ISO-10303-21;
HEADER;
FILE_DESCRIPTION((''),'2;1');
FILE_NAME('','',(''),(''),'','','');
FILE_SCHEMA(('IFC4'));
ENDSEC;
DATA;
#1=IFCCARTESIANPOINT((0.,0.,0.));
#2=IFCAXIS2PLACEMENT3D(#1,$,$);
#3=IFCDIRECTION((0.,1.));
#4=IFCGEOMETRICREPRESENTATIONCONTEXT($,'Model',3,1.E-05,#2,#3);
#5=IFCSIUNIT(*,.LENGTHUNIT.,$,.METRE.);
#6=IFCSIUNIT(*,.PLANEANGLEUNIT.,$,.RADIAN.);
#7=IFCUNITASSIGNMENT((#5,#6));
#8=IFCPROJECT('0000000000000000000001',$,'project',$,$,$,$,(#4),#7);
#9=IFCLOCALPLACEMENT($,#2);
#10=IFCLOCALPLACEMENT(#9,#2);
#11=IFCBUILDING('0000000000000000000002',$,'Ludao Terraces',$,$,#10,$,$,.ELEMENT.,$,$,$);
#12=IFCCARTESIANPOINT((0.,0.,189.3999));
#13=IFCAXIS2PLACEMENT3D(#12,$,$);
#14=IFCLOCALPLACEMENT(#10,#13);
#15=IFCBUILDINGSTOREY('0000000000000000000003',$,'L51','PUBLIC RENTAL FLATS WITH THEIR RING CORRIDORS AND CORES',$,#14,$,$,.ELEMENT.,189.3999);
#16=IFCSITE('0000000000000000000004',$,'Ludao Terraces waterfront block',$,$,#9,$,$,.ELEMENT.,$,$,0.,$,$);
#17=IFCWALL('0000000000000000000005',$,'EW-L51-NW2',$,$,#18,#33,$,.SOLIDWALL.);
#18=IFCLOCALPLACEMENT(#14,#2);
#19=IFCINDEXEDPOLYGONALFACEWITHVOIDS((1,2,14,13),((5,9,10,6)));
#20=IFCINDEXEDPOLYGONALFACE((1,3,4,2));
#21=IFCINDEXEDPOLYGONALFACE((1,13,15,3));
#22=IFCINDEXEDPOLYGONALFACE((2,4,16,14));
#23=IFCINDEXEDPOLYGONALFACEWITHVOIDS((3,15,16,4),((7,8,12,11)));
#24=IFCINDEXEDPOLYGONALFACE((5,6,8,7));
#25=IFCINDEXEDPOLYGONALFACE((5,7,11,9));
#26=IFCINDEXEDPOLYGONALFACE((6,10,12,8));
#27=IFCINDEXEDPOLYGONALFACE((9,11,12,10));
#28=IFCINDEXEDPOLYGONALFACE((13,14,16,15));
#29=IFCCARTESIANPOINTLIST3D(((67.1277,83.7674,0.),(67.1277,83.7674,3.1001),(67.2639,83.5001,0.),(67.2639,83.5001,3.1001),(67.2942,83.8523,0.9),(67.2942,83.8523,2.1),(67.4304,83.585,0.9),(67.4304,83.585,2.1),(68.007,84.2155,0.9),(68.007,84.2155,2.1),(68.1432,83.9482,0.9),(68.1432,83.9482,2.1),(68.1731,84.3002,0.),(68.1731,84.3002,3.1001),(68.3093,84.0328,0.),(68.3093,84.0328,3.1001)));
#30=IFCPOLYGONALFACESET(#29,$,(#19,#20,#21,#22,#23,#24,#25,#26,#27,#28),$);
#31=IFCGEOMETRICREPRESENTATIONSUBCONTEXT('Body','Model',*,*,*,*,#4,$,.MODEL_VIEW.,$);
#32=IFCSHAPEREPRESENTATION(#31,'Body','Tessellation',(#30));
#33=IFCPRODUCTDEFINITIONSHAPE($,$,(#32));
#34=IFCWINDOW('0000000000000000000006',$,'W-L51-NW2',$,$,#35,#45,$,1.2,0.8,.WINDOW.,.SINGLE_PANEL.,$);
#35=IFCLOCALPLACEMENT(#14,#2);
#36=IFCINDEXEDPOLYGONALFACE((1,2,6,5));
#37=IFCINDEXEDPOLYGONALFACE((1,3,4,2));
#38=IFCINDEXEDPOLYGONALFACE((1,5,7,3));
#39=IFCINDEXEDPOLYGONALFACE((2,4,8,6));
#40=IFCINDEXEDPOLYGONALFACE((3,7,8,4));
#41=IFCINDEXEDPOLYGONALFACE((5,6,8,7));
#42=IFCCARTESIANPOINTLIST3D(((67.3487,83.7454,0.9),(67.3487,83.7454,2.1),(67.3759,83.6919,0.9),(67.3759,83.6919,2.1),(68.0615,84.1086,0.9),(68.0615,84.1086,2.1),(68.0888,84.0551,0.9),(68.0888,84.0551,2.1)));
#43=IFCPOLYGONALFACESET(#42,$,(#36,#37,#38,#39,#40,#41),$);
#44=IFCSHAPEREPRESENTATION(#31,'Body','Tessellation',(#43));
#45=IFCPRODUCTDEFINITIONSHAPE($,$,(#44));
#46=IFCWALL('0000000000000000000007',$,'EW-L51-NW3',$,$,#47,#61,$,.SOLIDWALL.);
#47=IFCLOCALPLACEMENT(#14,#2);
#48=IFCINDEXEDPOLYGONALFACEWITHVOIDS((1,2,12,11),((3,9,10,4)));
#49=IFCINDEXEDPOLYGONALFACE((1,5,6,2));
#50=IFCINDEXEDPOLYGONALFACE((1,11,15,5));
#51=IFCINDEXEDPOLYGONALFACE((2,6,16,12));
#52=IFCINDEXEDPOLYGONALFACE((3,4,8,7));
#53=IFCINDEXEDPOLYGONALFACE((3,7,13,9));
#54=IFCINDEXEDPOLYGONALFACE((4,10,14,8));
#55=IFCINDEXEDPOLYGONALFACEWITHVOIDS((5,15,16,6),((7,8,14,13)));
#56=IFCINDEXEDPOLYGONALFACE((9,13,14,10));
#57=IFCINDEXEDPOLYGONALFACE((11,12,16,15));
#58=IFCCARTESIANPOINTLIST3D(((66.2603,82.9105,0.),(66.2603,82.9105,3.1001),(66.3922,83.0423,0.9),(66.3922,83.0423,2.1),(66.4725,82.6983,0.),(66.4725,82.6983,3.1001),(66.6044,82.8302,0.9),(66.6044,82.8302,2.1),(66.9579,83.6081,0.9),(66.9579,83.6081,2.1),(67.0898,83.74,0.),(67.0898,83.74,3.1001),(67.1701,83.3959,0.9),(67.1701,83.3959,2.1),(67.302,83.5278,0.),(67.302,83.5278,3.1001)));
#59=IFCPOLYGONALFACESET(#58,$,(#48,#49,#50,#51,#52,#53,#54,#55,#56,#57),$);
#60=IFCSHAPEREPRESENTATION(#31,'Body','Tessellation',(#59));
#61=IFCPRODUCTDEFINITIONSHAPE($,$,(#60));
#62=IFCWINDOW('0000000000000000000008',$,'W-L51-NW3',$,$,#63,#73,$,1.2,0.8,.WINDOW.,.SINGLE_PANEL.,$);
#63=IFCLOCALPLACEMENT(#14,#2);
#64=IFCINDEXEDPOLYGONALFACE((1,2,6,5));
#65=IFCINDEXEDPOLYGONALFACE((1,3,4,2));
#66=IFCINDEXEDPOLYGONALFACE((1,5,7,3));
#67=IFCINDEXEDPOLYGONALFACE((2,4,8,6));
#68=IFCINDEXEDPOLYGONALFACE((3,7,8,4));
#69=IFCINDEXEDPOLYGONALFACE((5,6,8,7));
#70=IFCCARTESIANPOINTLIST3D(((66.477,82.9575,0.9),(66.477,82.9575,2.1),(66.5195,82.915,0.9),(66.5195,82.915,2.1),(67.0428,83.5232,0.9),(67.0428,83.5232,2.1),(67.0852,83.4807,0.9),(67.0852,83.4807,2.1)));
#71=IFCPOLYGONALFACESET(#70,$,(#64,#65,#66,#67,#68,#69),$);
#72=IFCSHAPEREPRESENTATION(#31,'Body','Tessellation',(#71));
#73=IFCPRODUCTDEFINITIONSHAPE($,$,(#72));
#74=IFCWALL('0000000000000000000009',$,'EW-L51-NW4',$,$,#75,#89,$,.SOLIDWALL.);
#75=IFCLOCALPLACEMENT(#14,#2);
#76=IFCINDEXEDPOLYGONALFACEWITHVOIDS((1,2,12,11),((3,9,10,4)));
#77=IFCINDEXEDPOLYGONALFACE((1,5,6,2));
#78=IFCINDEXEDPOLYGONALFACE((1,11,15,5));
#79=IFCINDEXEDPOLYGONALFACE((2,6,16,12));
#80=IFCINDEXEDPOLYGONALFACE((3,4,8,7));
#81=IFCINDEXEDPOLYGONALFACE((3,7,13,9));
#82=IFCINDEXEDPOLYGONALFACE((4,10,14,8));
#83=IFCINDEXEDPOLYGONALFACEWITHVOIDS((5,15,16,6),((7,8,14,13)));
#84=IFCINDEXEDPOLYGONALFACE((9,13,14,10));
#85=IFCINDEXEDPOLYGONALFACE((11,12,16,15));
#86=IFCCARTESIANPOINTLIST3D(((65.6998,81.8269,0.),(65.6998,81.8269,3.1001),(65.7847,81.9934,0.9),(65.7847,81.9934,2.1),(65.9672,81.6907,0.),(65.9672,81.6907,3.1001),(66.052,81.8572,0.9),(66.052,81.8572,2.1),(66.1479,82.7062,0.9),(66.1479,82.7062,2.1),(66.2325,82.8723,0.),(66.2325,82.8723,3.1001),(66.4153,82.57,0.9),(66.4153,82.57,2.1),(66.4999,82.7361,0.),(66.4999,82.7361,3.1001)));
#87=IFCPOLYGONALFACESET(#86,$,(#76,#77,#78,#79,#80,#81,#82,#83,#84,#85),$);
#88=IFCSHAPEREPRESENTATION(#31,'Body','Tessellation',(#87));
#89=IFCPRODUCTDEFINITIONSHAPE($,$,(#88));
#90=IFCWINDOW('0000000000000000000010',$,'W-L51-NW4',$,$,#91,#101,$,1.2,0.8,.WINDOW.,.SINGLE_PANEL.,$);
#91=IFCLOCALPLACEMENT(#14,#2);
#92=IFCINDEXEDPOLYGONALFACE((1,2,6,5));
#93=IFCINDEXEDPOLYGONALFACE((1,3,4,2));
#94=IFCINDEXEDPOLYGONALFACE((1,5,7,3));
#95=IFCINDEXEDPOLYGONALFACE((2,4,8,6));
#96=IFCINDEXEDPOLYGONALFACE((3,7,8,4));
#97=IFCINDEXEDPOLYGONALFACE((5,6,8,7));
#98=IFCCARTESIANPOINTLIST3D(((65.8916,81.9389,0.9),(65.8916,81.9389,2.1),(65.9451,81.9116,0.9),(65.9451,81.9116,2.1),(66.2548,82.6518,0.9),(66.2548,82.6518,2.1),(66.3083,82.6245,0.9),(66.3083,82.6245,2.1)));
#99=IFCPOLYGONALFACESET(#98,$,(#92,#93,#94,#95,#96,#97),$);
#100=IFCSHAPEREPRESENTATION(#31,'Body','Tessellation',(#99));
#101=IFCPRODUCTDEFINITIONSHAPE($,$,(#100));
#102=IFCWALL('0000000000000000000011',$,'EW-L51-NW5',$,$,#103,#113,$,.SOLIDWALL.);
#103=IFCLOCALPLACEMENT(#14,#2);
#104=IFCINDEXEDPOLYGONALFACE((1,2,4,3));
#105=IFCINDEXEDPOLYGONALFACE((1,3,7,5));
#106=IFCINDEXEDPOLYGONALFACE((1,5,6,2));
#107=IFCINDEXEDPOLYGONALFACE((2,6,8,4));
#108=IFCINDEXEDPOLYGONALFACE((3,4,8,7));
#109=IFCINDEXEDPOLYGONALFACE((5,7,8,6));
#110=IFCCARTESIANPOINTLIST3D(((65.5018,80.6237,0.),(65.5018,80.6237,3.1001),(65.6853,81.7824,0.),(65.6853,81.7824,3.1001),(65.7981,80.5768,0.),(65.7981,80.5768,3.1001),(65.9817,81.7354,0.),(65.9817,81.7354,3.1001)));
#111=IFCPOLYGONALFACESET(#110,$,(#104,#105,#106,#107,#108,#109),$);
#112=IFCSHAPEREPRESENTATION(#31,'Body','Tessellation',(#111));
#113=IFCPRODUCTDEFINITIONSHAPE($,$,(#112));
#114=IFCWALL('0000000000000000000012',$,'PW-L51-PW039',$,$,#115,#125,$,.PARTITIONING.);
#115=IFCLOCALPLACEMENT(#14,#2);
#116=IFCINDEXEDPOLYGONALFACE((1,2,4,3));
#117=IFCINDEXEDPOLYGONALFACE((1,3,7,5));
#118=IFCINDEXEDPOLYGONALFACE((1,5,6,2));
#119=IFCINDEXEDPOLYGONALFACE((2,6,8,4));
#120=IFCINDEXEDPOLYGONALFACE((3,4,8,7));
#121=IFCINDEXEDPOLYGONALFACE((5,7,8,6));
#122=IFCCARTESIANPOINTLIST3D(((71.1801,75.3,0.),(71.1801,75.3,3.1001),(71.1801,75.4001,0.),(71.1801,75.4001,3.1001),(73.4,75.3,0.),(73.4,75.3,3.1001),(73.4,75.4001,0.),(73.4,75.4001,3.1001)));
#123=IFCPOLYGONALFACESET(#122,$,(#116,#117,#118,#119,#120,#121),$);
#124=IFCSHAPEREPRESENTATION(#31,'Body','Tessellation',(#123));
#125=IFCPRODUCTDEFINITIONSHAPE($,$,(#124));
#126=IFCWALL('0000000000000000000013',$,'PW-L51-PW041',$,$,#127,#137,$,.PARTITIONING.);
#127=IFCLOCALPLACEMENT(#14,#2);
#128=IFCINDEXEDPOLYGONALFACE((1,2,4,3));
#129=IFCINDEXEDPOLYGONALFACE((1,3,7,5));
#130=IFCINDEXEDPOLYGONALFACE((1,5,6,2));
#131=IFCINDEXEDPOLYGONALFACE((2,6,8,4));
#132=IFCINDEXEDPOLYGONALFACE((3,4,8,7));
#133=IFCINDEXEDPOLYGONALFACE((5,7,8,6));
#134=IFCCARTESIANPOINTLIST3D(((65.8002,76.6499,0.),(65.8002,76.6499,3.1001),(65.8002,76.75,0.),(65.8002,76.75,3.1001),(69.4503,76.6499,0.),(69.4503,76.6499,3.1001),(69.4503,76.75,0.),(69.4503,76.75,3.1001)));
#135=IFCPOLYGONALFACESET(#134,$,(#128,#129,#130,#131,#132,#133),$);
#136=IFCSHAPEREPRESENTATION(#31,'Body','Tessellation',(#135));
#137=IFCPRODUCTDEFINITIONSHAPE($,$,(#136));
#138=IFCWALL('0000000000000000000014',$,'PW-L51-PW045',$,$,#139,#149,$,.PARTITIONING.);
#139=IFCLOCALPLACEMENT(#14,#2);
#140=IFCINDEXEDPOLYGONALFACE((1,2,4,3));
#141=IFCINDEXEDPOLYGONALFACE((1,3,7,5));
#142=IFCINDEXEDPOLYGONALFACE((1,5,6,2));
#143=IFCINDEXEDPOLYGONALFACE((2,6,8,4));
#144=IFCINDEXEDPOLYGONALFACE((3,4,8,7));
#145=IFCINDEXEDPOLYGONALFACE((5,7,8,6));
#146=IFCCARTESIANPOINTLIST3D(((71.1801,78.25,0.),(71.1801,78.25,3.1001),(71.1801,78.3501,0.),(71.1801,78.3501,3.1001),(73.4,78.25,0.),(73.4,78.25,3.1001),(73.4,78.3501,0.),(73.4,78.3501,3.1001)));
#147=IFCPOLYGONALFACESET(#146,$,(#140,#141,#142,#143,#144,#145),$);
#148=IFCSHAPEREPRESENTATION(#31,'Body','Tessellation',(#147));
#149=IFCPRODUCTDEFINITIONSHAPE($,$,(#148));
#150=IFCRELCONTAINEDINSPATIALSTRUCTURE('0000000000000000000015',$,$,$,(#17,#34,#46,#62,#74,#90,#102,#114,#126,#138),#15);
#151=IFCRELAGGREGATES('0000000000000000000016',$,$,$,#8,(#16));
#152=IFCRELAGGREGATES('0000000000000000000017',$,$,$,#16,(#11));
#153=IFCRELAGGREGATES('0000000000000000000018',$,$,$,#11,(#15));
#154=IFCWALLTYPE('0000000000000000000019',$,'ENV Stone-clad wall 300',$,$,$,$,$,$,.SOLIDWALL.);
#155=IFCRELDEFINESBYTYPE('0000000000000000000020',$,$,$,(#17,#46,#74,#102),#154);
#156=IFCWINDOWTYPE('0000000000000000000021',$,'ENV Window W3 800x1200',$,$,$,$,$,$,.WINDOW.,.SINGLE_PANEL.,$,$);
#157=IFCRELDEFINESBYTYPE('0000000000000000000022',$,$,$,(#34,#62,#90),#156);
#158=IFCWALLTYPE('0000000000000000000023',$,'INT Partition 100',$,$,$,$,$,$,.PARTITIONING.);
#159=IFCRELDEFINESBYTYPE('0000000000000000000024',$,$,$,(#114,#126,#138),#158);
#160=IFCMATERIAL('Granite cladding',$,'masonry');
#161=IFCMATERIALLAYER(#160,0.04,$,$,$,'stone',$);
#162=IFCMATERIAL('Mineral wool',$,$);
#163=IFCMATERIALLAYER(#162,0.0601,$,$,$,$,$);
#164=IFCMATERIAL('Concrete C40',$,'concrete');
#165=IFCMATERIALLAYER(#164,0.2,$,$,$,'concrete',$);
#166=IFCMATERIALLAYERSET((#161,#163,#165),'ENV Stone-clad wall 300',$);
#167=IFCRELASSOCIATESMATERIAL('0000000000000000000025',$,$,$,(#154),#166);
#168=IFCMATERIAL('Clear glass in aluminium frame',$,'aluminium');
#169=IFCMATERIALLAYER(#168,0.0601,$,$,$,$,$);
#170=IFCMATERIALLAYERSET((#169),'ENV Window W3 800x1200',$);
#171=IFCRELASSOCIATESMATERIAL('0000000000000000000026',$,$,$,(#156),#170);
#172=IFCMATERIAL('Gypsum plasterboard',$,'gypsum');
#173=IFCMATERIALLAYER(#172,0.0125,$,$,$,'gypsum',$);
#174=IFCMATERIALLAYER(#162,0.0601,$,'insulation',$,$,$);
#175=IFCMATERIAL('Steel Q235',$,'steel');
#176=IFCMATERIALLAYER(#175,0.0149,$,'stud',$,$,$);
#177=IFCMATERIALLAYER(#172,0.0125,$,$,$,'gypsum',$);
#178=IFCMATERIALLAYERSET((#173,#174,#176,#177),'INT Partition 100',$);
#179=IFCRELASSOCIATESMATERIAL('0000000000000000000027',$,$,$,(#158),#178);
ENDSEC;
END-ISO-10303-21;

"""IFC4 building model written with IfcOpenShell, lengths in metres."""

from ifc_helpers import new_model, si_unit, direction, frame, frame_2d, origin, place, context, subcontext, project, spatial, rectangle, extrude, material, layer, layer_set, type_object, element, fill, save


model = new_model("IFC4")

# Units and contexts
model_context = context("Model", 3, precision=1e-05, world=origin(), true_north=direction((0.0, 1.0)))
body_context = subcontext(model_context, "Body", "Model", "MODEL_VIEW")
ifc_project = project(units=[si_unit("LENGTHUNIT", "METRE"), si_unit("PLANEANGLEUNIT", "RADIAN")], contexts=[model_context])

# Site, building, storey
site_placement = place(None, origin())
site = spatial("IfcSite", under=ifc_project, at=site_placement, Name="Ludao Terraces waterfront block", CompositionType="ELEMENT", RefElevation=0.0)
building_placement = place(site_placement, origin())
building = spatial("IfcBuilding", under=site, at=building_placement, Name="Ludao Terraces", CompositionType="ELEMENT")
storey_placement = place(building_placement, frame((0.0, 0.0, 189.3999)))
storey = spatial("IfcBuildingStorey", under=building, at=storey_placement, Name="L51", Description="PUBLIC RENTAL FLATS WITH THEIR RING CORRIDORS AND CORES", CompositionType="ELEMENT", Elevation=189.3999)

# Shared definitions
ifc_material_1 = material(Name="Concrete C40", Category="concrete")

# Shared definitions
ifc_material_2 = material(Name="Granite cladding", Category="masonry")
ifc_layer_1 = layer(ifc_material_2, 0.04, Category="stone")
ifc_material_3 = material(Name="Mineral wool")
ifc_layer_2 = layer(ifc_material_3, 0.0601)
ifc_layer_3 = layer(ifc_material_1, 0.2, Category="concrete")
ifc_layer_set_1 = layer_set([ifc_layer_1, ifc_layer_2, ifc_layer_3], Name="ENV Stone-clad wall 300")
wall_type_1 = type_object("IfcWallType", Name="ENV Stone-clad wall 300", PredefinedType="SOLIDWALL", material=ifc_layer_set_1)
ifc_material_4 = material(Name="Clear glass in aluminium frame", Category="aluminium")

# Walls, openings, windows
wall_1_placement = place(storey_placement, frame((68.2412, 84.1665, 0.0), z_axis=(0.0, 0.0, 1.0), x_axis=(-0.890989, -0.454026, 0.0)))
wall_1 = element("IfcWall", 1, at=wall_1_placement, inside=storey, type_object=wall_type_1, Name="EW-L51-NW2", PredefinedType="SOLIDWALL", context=body_context, shape_type="SweptSolid", body=[
    extrude(rectangle(XDim=1.1733, YDim=0.3, at=frame_2d((0.5867, 0.0))), origin(), (0.0, 0.0, 1.0), 3.1001),
])
opening_1_placement = place(wall_1_placement, frame((0.1865, 0.0, 0.8999)))
opening_1 = element("IfcOpeningElement", 2, at=opening_1_placement, cuts=wall_1, PredefinedType="OPENING", context=body_context, shape_type="SweptSolid", body=[
    extrude(rectangle(XDim=0.8, YDim=1.2, at=frame_2d((0.3999, 0.6001))), frame((0.0, 0.1602, 0.0), z_axis=(0.0, -1.0, 0.0), x_axis=(1.0, 0.0, 0.0)), (0.0, 0.0, 1.0), 0.3201),
])
ifc_layer_4 = layer(ifc_material_4, 0.0601)
ifc_layer_set_2 = layer_set([ifc_layer_4], Name="ENV Window W3 800x1200")
window_type_1 = type_object("IfcWindowType", Name="ENV Window W3 800x1200", PartitioningType="SINGLE_PANEL", PredefinedType="WINDOW", material=ifc_layer_set_2)
window_1_placement = place(opening_1_placement, origin())
window_1 = element("IfcWindow", 3, at=window_1_placement, inside=storey, type_object=window_type_1, Name="W-L51-NW2", OverallHeight=1.2, OverallWidth=0.8, PartitioningType="SINGLE_PANEL", PredefinedType="WINDOW", context=body_context, shape_type="SweptSolid", body=[
    extrude(rectangle(XDim=0.8, YDim=1.2, at=frame_2d((0.3999, 0.6001))), frame((0.0, 0.03, 0.0), z_axis=(0.0, -1.0, 0.0), x_axis=(1.0, 0.0, 0.0)), (0.0, 0.0, 1.0), 0.0601),
])
fill(opening_1, window_1)
wall_2_placement = place(storey_placement, frame((67.1958, 83.6338, 0.0), z_axis=(0.0, 0.0, 1.0), x_axis=(-0.707107, -0.707107, 0.0)))
wall_2 = element("IfcWall", 4, at=wall_2_placement, inside=storey, type_object=wall_type_1, Name="EW-L51-NW3", PredefinedType="SOLIDWALL", context=body_context, shape_type="SweptSolid", body=[
    extrude(rectangle(XDim=1.1731, YDim=0.3, at=frame_2d((0.5864, 0.0))), origin(), (0.0, 0.0, 1.0), 3.1001),
])
opening_2_placement = place(wall_2_placement, frame((0.1865, 0.0, 0.8999)))
opening_2 = element("IfcOpeningElement", 5, at=opening_2_placement, cuts=wall_2, PredefinedType="OPENING", context=body_context, shape_type="SweptSolid", body=[
    extrude(rectangle(XDim=0.8, YDim=1.2, at=frame_2d((0.3999, 0.6001))), frame((0.0, 0.1602, 0.0), z_axis=(0.0, -1.0, 0.0), x_axis=(1.0, 0.0, 0.0)), (0.0, 0.0, 1.0), 0.3201),
])
window_2_placement = place(opening_2_placement, origin())
window_2 = element("IfcWindow", 6, at=window_2_placement, inside=storey, type_object=window_type_1, Name="W-L51-NW3", OverallHeight=1.2, OverallWidth=0.8, PartitioningType="SINGLE_PANEL", PredefinedType="WINDOW", context=body_context, shape_type="SweptSolid", body=[
    extrude(rectangle(XDim=0.8, YDim=1.2, at=frame_2d((0.3999, 0.6001))), frame((0.0, 0.03, 0.0), z_axis=(0.0, -1.0, 0.0), x_axis=(1.0, 0.0, 0.0)), (0.0, 0.0, 1.0), 0.0601),
])
fill(opening_2, window_2)
wall_3_placement = place(storey_placement, frame((66.3662, 82.8042, 0.0), z_axis=(0.0, 0.0, 1.0), x_axis=(-0.454026, -0.890989, 0.0)))
wall_3 = element("IfcWall", 7, at=wall_3_placement, inside=storey, type_object=wall_type_1, Name="EW-L51-NW4", PredefinedType="SOLIDWALL", context=body_context, shape_type="SweptSolid", body=[
    extrude(rectangle(XDim=1.1733, YDim=0.3, at=frame_2d((0.5867, 0.0))), origin(), (0.0, 0.0, 1.0), 3.1001),
])
opening_3_placement = place(wall_3_placement, frame((0.1865, 0.0, 0.8999)))
opening_3 = element("IfcOpeningElement", 8, at=opening_3_placement, cuts=wall_3, PredefinedType="OPENING", context=body_context, shape_type="SweptSolid", body=[
    extrude(rectangle(XDim=0.8, YDim=1.2, at=frame_2d((0.3999, 0.6001))), frame((0.0, 0.1602, 0.0), z_axis=(0.0, -1.0, 0.0), x_axis=(1.0, 0.0, 0.0)), (0.0, 0.0, 1.0), 0.3201),
])
window_3_placement = place(opening_3_placement, origin())
window_3 = element("IfcWindow", 9, at=window_3_placement, inside=storey, type_object=window_type_1, Name="W-L51-NW4", OverallHeight=1.2, OverallWidth=0.8, PartitioningType="SINGLE_PANEL", PredefinedType="WINDOW", context=body_context, shape_type="SweptSolid", body=[
    extrude(rectangle(XDim=0.8, YDim=1.2, at=frame_2d((0.3999, 0.6001))), frame((0.0, 0.03, 0.0), z_axis=(0.0, -1.0, 0.0), x_axis=(1.0, 0.0, 0.0)), (0.0, 0.0, 1.0), 0.0601),
])
fill(opening_3, window_3)

# Walls
wall_4_placement = place(storey_placement, frame((65.8335, 81.7588, 0.0), z_axis=(0.0, 0.0, 1.0), x_axis=(-0.156497, -0.987678, 0.0)))
element("IfcWall", 10, at=wall_4_placement, inside=storey, type_object=wall_type_1, Name="EW-L51-NW5", PredefinedType="SOLIDWALL", context=body_context, shape_type="SweptSolid", body=[
    extrude(rectangle(XDim=1.1731, YDim=0.3, at=frame_2d((0.5864, 0.0))), origin(), (0.0, 0.0, 1.0), 3.1001),
])
ifc_material_5 = material(Name="Gypsum plasterboard", Category="gypsum")
ifc_layer_5 = layer(ifc_material_5, 0.0125, Category="gypsum")
ifc_layer_6 = layer(ifc_material_3, 0.0601, Name="insulation")
ifc_material_6 = material(Name="Steel Q235", Category="steel")
ifc_layer_7 = layer(ifc_material_6, 0.0149, Name="stud")
ifc_layer_8 = layer(ifc_material_5, 0.0125, Category="gypsum")
ifc_layer_set_3 = layer_set([ifc_layer_5, ifc_layer_6, ifc_layer_7, ifc_layer_8], Name="INT Partition 100")
wall_type_2 = type_object("IfcWallType", Name="INT Partition 100", PredefinedType="PARTITIONING", material=ifc_layer_set_3)
wall_5_placement = place(storey_placement, frame((71.1802, 75.3501, 0.0), z_axis=(0.0, 0.0, 1.0), x_axis=(1.0, 0.0, 0.0)))
element("IfcWall", 11, at=wall_5_placement, inside=storey, type_object=wall_type_2, Name="PW-L51-PW039", PredefinedType="PARTITIONING", context=body_context, shape_type="SweptSolid", body=[
    extrude(rectangle(XDim=2.22, YDim=0.1001, at=frame_2d((1.1099, 0.0))), origin(), (0.0, 0.0, 1.0), 3.1001),
])
wall_6_placement = place(storey_placement, frame((65.8, 76.7, 0.0), z_axis=(0.0, 0.0, 1.0), x_axis=(1.0, 0.0, 0.0)))
element("IfcWall", 12, at=wall_6_placement, inside=storey, type_object=wall_type_2, Name="PW-L51-PW041", PredefinedType="PARTITIONING", context=body_context, shape_type="SweptSolid", body=[
    extrude(rectangle(XDim=3.6501, YDim=0.1001, at=frame_2d((1.8252, 0.0))), origin(), (0.0, 0.0, 1.0), 3.1001),
])
wall_7_placement = place(storey_placement, frame((71.1802, 78.3, 0.0), z_axis=(0.0, 0.0, 1.0), x_axis=(1.0, 0.0, 0.0)))
element("IfcWall", 13, at=wall_7_placement, inside=storey, type_object=wall_type_2, Name="PW-L51-PW045", PredefinedType="PARTITIONING", context=body_context, shape_type="SweptSolid", body=[
    extrude(rectangle(XDim=2.22, YDim=0.1001, at=frame_2d((1.1099, 0.0))), origin(), (0.0, 0.0, 1.0), 3.1001),
])

save(model, "model.ifc")
